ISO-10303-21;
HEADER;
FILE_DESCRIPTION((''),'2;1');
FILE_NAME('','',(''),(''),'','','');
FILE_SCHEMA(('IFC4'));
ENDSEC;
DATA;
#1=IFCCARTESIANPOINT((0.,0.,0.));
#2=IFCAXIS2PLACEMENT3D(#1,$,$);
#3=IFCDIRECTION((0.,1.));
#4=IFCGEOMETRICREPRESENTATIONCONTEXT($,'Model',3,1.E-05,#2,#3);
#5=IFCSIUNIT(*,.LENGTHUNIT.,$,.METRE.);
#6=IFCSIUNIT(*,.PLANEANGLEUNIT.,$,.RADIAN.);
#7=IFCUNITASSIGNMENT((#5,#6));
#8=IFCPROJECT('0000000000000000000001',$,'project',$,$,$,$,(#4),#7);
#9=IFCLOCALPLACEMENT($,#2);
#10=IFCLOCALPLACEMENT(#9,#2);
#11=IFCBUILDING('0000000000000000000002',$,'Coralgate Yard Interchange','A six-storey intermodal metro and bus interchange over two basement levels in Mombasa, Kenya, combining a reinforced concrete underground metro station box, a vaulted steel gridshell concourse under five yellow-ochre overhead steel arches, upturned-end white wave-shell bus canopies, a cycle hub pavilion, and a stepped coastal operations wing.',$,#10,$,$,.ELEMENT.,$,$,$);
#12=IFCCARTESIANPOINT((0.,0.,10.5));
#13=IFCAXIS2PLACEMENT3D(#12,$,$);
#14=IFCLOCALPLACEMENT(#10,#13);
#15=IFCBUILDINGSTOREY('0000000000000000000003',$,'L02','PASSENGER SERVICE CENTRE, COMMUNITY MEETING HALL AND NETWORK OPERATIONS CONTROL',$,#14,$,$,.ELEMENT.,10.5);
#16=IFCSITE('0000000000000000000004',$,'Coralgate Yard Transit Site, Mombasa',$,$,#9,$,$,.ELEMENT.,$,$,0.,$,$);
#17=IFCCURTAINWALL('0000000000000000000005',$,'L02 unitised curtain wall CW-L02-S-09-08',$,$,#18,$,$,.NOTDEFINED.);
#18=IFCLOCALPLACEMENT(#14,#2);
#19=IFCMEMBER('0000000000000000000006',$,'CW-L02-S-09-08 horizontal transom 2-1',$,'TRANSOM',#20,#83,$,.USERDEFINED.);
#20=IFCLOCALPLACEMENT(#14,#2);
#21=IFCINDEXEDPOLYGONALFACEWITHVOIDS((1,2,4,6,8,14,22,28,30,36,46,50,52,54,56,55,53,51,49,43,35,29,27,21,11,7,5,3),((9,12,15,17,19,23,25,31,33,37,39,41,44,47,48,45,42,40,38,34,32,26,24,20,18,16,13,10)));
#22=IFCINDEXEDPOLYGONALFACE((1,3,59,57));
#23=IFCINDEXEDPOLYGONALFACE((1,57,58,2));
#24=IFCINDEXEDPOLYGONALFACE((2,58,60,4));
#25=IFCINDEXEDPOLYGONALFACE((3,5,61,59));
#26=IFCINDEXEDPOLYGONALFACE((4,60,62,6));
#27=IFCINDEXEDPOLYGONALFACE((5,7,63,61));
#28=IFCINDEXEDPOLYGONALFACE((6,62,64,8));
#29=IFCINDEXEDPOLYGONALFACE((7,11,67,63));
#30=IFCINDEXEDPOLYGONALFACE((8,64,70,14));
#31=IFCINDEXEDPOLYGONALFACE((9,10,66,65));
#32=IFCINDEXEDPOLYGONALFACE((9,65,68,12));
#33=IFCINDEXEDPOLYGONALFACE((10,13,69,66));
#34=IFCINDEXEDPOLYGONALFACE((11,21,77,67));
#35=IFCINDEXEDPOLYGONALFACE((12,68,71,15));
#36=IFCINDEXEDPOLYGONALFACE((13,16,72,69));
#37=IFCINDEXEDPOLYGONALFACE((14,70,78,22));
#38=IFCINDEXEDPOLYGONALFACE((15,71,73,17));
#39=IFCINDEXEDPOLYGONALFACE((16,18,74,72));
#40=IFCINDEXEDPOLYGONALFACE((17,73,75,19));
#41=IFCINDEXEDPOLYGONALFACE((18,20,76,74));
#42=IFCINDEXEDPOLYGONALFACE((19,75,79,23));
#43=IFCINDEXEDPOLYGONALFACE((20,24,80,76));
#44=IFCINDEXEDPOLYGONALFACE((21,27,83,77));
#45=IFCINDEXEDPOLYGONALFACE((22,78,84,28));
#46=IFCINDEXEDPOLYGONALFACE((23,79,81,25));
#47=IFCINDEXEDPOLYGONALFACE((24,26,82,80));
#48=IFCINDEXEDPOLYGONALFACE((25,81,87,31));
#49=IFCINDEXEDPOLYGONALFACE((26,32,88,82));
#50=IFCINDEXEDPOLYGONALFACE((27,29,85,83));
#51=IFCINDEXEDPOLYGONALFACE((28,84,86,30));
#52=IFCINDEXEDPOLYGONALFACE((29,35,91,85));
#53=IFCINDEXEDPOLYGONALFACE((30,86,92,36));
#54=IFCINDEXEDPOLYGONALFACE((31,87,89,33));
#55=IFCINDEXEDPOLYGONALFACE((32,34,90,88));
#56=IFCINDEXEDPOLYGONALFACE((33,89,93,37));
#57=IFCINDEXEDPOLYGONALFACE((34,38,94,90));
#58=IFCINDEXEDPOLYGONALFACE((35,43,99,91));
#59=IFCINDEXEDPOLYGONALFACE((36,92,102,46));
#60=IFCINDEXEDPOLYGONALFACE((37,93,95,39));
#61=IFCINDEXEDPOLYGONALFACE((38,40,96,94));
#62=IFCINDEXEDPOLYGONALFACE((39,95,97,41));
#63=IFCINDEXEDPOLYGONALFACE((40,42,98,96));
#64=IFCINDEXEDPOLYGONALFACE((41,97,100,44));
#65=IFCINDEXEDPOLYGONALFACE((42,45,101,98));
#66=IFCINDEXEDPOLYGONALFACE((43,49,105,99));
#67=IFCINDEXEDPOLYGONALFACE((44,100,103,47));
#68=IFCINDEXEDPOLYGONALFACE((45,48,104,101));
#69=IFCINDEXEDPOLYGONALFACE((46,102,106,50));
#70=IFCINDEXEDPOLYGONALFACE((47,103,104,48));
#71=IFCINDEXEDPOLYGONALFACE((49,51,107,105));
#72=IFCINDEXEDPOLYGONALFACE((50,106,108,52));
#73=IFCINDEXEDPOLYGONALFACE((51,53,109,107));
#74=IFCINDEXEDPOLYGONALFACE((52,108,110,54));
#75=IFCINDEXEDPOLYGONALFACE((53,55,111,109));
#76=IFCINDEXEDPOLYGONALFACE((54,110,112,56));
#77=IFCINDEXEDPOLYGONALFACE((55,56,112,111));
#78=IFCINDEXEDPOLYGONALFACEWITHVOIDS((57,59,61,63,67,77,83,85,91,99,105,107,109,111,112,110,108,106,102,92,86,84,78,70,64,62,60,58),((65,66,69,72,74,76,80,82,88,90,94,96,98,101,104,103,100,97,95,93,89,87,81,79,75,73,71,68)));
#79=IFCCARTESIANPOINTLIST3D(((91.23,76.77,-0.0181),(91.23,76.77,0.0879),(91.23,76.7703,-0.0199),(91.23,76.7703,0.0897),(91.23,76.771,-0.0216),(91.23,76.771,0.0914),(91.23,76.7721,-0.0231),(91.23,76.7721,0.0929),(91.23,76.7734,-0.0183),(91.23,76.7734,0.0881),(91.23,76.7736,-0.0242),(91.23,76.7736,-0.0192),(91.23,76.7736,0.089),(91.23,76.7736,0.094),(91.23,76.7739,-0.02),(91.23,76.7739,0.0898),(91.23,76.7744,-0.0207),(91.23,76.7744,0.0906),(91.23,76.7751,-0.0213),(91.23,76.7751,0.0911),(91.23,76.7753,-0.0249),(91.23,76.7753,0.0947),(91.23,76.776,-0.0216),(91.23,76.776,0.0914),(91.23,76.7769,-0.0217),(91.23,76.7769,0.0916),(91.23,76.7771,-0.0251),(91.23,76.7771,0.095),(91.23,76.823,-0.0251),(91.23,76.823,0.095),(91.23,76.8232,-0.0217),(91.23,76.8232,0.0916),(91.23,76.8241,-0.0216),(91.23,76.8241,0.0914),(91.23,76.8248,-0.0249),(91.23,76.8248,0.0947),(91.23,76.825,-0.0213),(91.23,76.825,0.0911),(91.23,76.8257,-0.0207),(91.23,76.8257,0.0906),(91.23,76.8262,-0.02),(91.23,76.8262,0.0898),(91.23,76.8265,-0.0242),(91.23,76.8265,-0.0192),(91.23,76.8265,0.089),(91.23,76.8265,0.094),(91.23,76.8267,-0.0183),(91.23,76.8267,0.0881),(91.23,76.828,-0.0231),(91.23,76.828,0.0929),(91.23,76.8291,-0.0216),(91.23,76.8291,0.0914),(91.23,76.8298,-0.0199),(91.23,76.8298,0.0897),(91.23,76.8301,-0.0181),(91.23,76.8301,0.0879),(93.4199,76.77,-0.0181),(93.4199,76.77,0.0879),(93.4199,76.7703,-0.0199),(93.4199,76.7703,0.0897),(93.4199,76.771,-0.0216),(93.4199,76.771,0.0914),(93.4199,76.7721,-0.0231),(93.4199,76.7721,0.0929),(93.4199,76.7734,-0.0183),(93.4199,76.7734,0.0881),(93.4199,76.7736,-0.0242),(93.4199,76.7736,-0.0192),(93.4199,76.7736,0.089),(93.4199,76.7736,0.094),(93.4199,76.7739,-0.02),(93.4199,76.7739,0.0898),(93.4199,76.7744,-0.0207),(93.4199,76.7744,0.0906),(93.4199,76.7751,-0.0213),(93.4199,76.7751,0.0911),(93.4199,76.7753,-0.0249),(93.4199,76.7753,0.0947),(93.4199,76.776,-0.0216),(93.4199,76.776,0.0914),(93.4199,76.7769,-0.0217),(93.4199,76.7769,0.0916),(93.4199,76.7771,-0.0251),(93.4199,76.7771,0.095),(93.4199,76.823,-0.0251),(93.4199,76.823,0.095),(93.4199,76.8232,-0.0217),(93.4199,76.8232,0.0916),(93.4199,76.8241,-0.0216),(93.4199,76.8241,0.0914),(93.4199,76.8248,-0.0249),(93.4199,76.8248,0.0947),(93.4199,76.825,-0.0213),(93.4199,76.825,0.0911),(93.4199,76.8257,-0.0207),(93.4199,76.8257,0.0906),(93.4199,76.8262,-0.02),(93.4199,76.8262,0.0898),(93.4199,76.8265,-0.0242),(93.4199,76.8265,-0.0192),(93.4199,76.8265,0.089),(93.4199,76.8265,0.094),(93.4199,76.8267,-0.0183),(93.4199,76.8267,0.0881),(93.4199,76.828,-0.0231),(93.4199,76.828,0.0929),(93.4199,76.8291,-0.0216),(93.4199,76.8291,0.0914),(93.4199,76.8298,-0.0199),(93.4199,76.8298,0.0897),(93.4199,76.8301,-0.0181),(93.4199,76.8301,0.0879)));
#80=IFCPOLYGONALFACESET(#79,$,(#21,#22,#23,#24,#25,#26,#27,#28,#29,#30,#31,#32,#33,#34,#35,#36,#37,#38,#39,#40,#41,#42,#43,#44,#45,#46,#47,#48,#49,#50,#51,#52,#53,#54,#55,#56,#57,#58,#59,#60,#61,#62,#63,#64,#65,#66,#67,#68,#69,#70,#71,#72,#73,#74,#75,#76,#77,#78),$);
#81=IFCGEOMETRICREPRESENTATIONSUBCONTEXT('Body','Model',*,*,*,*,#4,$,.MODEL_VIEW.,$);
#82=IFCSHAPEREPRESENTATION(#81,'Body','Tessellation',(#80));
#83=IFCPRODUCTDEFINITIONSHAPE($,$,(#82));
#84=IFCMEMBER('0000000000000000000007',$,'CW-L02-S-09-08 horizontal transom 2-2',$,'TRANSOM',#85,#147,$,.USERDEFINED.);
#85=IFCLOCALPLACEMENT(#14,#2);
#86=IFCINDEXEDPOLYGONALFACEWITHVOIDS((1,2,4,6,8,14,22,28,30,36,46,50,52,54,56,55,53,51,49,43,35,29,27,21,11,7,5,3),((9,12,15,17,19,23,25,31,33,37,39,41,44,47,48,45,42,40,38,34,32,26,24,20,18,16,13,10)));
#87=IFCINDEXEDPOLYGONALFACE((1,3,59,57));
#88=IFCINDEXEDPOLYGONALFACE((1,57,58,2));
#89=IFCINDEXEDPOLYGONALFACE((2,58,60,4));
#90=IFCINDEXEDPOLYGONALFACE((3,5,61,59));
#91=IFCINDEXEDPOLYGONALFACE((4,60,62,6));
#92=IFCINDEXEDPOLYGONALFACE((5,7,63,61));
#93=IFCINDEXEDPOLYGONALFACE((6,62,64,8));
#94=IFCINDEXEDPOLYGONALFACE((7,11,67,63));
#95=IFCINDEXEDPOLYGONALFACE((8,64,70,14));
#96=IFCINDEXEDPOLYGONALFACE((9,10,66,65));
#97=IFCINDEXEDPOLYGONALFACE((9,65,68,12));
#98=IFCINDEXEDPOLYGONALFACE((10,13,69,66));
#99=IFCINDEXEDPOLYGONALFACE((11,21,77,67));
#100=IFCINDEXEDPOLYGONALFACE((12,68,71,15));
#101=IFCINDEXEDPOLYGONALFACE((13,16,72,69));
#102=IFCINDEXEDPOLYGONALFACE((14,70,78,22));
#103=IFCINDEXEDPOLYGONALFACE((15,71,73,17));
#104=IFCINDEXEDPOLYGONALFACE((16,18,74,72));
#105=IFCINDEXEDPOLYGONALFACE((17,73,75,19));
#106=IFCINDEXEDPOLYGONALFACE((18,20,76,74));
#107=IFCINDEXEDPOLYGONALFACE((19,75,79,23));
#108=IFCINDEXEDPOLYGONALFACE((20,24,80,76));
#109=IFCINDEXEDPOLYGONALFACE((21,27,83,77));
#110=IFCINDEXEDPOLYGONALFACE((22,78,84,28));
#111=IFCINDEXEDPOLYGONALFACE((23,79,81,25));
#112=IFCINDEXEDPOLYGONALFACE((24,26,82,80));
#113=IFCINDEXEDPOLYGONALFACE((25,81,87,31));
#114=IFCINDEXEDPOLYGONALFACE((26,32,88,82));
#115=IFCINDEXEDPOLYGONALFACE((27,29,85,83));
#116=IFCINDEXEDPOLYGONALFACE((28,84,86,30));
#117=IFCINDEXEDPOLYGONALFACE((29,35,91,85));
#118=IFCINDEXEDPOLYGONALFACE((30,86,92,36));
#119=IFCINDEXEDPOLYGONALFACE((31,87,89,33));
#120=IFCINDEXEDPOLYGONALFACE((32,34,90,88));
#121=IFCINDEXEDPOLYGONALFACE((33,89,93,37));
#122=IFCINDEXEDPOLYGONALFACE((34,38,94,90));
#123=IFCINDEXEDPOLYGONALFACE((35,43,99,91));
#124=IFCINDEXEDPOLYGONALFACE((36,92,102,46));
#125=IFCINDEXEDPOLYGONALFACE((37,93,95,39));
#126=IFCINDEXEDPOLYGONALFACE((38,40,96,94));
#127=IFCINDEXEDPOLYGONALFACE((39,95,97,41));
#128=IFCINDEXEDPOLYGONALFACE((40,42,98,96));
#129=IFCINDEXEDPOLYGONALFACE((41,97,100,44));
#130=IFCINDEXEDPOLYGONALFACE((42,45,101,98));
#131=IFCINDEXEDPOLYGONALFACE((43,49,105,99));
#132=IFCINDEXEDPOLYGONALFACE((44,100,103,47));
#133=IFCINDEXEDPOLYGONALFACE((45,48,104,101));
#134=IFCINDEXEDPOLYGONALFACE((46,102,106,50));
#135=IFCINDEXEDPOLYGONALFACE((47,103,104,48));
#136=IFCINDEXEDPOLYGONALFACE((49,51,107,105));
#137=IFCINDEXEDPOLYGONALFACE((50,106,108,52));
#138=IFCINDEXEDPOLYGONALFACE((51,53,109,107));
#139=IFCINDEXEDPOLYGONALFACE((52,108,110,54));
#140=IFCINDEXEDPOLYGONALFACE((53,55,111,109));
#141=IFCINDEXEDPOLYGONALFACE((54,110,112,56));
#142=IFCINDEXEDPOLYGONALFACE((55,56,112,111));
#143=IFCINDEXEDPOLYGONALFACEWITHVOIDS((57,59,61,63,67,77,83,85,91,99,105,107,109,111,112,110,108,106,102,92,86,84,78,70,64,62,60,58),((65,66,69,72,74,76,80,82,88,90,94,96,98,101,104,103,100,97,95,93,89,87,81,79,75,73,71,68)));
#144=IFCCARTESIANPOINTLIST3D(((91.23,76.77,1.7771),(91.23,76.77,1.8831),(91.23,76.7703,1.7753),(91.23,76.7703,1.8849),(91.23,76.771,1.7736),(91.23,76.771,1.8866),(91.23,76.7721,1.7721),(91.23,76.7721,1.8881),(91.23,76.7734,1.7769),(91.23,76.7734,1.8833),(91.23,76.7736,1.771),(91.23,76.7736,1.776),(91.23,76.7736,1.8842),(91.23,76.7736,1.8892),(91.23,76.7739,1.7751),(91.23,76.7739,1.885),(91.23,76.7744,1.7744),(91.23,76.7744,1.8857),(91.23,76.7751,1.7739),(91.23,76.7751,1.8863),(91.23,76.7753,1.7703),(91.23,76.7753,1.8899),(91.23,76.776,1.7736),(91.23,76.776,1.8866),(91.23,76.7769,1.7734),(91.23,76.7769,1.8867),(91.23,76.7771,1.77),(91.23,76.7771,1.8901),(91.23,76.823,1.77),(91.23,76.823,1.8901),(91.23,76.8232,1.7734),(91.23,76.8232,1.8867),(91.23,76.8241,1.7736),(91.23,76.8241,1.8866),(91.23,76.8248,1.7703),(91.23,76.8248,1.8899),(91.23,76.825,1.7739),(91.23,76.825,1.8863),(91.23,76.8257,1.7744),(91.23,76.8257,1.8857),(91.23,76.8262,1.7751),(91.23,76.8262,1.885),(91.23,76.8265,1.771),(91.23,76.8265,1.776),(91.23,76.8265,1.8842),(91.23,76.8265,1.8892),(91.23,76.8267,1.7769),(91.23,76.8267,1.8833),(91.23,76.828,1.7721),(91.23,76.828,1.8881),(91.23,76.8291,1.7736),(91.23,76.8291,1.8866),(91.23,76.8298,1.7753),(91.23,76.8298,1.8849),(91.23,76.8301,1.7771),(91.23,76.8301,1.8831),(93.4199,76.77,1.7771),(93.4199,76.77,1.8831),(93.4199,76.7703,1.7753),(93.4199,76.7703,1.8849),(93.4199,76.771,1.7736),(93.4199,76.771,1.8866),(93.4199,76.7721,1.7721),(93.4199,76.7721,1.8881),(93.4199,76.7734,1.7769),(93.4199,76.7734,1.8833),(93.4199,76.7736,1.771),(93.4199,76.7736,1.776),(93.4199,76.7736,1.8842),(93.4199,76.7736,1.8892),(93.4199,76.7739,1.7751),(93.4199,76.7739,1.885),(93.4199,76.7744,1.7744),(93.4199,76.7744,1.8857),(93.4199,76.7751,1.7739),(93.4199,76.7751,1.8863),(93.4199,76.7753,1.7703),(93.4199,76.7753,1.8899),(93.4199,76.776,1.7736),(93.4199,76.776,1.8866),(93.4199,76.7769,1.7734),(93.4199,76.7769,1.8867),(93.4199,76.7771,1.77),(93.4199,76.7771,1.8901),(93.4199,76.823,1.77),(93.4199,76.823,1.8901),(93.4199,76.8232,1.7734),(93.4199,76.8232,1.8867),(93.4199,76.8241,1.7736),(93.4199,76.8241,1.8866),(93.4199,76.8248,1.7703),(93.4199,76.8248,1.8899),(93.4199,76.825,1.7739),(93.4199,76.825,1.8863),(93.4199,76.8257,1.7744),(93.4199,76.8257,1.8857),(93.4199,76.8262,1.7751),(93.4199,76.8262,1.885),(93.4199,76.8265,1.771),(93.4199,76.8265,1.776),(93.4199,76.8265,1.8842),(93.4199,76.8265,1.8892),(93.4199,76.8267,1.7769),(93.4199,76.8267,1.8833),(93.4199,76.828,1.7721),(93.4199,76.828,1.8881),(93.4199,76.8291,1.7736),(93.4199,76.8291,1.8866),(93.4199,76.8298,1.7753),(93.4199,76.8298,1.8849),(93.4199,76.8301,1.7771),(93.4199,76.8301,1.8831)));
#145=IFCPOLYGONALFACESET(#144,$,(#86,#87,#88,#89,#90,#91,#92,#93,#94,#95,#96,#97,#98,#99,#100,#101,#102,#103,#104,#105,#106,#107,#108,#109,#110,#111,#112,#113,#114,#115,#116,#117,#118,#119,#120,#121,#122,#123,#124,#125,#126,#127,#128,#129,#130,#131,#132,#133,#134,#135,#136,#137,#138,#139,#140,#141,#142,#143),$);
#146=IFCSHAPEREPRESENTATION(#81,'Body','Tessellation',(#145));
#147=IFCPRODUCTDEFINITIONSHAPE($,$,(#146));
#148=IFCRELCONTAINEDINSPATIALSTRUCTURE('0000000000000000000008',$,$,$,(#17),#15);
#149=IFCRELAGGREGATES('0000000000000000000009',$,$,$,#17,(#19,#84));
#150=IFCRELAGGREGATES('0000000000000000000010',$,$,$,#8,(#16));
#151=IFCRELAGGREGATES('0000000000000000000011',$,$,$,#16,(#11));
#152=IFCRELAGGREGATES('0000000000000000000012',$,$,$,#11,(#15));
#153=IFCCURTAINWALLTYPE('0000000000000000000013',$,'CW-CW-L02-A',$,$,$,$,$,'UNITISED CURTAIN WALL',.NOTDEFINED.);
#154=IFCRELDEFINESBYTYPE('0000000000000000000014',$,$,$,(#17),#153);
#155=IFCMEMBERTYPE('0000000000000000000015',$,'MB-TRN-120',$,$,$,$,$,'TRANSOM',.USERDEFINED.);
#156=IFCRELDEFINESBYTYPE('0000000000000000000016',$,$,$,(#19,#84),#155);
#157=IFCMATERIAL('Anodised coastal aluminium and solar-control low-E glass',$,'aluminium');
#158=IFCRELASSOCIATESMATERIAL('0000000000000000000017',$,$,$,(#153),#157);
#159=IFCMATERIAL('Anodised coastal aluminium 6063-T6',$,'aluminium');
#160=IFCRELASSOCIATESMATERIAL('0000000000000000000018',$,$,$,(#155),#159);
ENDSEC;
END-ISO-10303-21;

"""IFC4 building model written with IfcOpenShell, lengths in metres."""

from ifc_helpers import new_model, si_unit, direction, frame, origin, origin_2d, place, context, subcontext, project, spatial, hollow_rectangle, extrude, material, material_profile, profile_set, type_object, element, aggregate, save


model = new_model("IFC4")

# Units and contexts
model_context = context("Model", 3, precision=1e-05, world=origin(), true_north=direction((0.0, 1.0)))
body_context = subcontext(model_context, "Body", "Model", "MODEL_VIEW")
ifc_project = project(units=[si_unit("LENGTHUNIT", "METRE"), si_unit("PLANEANGLEUNIT", "RADIAN")], contexts=[model_context])

# Site, building, storey
site_placement = place(None, origin())
site = spatial("IfcSite", under=ifc_project, at=site_placement, Name="Coralgate Yard Transit Site, Mombasa", CompositionType="ELEMENT", RefElevation=0.0)
building_placement = place(site_placement, origin())
building = spatial("IfcBuilding", under=site, at=building_placement, Name="Coralgate Yard Interchange", Description="A six-storey intermodal metro and bus interchange over two basement levels in Mombasa, Kenya, combining a reinforced concrete underground metro station box, a vaulted steel gridshell concourse under five yellow-ochre overhead steel arches, upturned-end white wave-shell bus canopies, a cycle hub pavilion, and a stepped coastal operations wing.", CompositionType="ELEMENT")
storey_placement = place(building_placement, frame((0.0, 0.0, 10.5)))
storey = spatial("IfcBuildingStorey", under=building, at=storey_placement, Name="L02", Description="PASSENGER SERVICE CENTRE, COMMUNITY MEETING HALL AND NETWORK OPERATIONS CONTROL", CompositionType="ELEMENT", Elevation=10.5)

# Curtain wall, members
ifc_material_1 = material(Name="Anodised coastal aluminium and solar-control low-E glass", Category="aluminium")
curtain_wall_type = type_object("IfcCurtainWallType", Name="CW-CW-L02-A", ElementType="UNITISED CURTAIN WALL", PredefinedType="NOTDEFINED", material=ifc_material_1)
curtain_wall_placement = place(storey_placement, origin())
curtain_wall = element("IfcCurtainWall", 1, at=curtain_wall_placement, inside=storey, type_object=curtain_wall_type, Name="L02 unitised curtain wall CW-L02-S-09-08", PredefinedType="NOTDEFINED")
ifc_material_2 = material(Name="Anodised coastal aluminium 6063-T6", Category="aluminium")
ifc_material_profile_1 = material_profile(ifc_material_2, hollow_rectangle(XDim=0.0601, YDim=0.1201, WallThickness=0.0034, InnerFilletRadius=0.0034, OuterFilletRadius=0.0071, at=origin_2d()), Name="ALU 60x120x3.5")
ifc_profile_set_1 = profile_set([ifc_material_profile_1], Name="Anodised coastal aluminium 6063-T6")
member_type_1 = type_object("IfcMemberType", Name="MB-TRN-120", ElementType="TRANSOM", PredefinedType="USERDEFINED", material=ifc_profile_set_1)
member_1_placement = place(storey_placement, frame((93.4199, 76.8, 0.0349), z_axis=(-1.0, 0.0, 0.0), x_axis=(0.0, -1.0, 0.0)))
member_1 = element("IfcMember", 2, at=member_1_placement, type_object=member_type_1, Name="CW-L02-S-09-08 horizontal transom 2-1", ObjectType="TRANSOM", PredefinedType="USERDEFINED", context=body_context, shape_type="SweptSolid", body=[
    extrude(hollow_rectangle(XDim=0.0601, YDim=0.1201, WallThickness=0.0034, InnerFilletRadius=0.0034, OuterFilletRadius=0.0071, at=origin_2d()), origin(), (0.0, 0.0, 1.0), 2.1899),
])
member_2_placement = place(storey_placement, frame((93.4199, 76.8, 1.8301), z_axis=(-1.0, 0.0, 0.0), x_axis=(0.0, -1.0, 0.0)))
member_2 = element("IfcMember", 3, at=member_2_placement, type_object=member_type_1, Name="CW-L02-S-09-08 horizontal transom 2-2", ObjectType="TRANSOM", PredefinedType="USERDEFINED", context=body_context, shape_type="SweptSolid", body=[
    extrude(hollow_rectangle(XDim=0.0601, YDim=0.1201, WallThickness=0.0034, InnerFilletRadius=0.0034, OuterFilletRadius=0.0071, at=origin_2d()), origin(), (0.0, 0.0, 1.0), 2.1899),
])
aggregate(curtain_wall, [member_1, member_2])

save(model, "model.ifc")
